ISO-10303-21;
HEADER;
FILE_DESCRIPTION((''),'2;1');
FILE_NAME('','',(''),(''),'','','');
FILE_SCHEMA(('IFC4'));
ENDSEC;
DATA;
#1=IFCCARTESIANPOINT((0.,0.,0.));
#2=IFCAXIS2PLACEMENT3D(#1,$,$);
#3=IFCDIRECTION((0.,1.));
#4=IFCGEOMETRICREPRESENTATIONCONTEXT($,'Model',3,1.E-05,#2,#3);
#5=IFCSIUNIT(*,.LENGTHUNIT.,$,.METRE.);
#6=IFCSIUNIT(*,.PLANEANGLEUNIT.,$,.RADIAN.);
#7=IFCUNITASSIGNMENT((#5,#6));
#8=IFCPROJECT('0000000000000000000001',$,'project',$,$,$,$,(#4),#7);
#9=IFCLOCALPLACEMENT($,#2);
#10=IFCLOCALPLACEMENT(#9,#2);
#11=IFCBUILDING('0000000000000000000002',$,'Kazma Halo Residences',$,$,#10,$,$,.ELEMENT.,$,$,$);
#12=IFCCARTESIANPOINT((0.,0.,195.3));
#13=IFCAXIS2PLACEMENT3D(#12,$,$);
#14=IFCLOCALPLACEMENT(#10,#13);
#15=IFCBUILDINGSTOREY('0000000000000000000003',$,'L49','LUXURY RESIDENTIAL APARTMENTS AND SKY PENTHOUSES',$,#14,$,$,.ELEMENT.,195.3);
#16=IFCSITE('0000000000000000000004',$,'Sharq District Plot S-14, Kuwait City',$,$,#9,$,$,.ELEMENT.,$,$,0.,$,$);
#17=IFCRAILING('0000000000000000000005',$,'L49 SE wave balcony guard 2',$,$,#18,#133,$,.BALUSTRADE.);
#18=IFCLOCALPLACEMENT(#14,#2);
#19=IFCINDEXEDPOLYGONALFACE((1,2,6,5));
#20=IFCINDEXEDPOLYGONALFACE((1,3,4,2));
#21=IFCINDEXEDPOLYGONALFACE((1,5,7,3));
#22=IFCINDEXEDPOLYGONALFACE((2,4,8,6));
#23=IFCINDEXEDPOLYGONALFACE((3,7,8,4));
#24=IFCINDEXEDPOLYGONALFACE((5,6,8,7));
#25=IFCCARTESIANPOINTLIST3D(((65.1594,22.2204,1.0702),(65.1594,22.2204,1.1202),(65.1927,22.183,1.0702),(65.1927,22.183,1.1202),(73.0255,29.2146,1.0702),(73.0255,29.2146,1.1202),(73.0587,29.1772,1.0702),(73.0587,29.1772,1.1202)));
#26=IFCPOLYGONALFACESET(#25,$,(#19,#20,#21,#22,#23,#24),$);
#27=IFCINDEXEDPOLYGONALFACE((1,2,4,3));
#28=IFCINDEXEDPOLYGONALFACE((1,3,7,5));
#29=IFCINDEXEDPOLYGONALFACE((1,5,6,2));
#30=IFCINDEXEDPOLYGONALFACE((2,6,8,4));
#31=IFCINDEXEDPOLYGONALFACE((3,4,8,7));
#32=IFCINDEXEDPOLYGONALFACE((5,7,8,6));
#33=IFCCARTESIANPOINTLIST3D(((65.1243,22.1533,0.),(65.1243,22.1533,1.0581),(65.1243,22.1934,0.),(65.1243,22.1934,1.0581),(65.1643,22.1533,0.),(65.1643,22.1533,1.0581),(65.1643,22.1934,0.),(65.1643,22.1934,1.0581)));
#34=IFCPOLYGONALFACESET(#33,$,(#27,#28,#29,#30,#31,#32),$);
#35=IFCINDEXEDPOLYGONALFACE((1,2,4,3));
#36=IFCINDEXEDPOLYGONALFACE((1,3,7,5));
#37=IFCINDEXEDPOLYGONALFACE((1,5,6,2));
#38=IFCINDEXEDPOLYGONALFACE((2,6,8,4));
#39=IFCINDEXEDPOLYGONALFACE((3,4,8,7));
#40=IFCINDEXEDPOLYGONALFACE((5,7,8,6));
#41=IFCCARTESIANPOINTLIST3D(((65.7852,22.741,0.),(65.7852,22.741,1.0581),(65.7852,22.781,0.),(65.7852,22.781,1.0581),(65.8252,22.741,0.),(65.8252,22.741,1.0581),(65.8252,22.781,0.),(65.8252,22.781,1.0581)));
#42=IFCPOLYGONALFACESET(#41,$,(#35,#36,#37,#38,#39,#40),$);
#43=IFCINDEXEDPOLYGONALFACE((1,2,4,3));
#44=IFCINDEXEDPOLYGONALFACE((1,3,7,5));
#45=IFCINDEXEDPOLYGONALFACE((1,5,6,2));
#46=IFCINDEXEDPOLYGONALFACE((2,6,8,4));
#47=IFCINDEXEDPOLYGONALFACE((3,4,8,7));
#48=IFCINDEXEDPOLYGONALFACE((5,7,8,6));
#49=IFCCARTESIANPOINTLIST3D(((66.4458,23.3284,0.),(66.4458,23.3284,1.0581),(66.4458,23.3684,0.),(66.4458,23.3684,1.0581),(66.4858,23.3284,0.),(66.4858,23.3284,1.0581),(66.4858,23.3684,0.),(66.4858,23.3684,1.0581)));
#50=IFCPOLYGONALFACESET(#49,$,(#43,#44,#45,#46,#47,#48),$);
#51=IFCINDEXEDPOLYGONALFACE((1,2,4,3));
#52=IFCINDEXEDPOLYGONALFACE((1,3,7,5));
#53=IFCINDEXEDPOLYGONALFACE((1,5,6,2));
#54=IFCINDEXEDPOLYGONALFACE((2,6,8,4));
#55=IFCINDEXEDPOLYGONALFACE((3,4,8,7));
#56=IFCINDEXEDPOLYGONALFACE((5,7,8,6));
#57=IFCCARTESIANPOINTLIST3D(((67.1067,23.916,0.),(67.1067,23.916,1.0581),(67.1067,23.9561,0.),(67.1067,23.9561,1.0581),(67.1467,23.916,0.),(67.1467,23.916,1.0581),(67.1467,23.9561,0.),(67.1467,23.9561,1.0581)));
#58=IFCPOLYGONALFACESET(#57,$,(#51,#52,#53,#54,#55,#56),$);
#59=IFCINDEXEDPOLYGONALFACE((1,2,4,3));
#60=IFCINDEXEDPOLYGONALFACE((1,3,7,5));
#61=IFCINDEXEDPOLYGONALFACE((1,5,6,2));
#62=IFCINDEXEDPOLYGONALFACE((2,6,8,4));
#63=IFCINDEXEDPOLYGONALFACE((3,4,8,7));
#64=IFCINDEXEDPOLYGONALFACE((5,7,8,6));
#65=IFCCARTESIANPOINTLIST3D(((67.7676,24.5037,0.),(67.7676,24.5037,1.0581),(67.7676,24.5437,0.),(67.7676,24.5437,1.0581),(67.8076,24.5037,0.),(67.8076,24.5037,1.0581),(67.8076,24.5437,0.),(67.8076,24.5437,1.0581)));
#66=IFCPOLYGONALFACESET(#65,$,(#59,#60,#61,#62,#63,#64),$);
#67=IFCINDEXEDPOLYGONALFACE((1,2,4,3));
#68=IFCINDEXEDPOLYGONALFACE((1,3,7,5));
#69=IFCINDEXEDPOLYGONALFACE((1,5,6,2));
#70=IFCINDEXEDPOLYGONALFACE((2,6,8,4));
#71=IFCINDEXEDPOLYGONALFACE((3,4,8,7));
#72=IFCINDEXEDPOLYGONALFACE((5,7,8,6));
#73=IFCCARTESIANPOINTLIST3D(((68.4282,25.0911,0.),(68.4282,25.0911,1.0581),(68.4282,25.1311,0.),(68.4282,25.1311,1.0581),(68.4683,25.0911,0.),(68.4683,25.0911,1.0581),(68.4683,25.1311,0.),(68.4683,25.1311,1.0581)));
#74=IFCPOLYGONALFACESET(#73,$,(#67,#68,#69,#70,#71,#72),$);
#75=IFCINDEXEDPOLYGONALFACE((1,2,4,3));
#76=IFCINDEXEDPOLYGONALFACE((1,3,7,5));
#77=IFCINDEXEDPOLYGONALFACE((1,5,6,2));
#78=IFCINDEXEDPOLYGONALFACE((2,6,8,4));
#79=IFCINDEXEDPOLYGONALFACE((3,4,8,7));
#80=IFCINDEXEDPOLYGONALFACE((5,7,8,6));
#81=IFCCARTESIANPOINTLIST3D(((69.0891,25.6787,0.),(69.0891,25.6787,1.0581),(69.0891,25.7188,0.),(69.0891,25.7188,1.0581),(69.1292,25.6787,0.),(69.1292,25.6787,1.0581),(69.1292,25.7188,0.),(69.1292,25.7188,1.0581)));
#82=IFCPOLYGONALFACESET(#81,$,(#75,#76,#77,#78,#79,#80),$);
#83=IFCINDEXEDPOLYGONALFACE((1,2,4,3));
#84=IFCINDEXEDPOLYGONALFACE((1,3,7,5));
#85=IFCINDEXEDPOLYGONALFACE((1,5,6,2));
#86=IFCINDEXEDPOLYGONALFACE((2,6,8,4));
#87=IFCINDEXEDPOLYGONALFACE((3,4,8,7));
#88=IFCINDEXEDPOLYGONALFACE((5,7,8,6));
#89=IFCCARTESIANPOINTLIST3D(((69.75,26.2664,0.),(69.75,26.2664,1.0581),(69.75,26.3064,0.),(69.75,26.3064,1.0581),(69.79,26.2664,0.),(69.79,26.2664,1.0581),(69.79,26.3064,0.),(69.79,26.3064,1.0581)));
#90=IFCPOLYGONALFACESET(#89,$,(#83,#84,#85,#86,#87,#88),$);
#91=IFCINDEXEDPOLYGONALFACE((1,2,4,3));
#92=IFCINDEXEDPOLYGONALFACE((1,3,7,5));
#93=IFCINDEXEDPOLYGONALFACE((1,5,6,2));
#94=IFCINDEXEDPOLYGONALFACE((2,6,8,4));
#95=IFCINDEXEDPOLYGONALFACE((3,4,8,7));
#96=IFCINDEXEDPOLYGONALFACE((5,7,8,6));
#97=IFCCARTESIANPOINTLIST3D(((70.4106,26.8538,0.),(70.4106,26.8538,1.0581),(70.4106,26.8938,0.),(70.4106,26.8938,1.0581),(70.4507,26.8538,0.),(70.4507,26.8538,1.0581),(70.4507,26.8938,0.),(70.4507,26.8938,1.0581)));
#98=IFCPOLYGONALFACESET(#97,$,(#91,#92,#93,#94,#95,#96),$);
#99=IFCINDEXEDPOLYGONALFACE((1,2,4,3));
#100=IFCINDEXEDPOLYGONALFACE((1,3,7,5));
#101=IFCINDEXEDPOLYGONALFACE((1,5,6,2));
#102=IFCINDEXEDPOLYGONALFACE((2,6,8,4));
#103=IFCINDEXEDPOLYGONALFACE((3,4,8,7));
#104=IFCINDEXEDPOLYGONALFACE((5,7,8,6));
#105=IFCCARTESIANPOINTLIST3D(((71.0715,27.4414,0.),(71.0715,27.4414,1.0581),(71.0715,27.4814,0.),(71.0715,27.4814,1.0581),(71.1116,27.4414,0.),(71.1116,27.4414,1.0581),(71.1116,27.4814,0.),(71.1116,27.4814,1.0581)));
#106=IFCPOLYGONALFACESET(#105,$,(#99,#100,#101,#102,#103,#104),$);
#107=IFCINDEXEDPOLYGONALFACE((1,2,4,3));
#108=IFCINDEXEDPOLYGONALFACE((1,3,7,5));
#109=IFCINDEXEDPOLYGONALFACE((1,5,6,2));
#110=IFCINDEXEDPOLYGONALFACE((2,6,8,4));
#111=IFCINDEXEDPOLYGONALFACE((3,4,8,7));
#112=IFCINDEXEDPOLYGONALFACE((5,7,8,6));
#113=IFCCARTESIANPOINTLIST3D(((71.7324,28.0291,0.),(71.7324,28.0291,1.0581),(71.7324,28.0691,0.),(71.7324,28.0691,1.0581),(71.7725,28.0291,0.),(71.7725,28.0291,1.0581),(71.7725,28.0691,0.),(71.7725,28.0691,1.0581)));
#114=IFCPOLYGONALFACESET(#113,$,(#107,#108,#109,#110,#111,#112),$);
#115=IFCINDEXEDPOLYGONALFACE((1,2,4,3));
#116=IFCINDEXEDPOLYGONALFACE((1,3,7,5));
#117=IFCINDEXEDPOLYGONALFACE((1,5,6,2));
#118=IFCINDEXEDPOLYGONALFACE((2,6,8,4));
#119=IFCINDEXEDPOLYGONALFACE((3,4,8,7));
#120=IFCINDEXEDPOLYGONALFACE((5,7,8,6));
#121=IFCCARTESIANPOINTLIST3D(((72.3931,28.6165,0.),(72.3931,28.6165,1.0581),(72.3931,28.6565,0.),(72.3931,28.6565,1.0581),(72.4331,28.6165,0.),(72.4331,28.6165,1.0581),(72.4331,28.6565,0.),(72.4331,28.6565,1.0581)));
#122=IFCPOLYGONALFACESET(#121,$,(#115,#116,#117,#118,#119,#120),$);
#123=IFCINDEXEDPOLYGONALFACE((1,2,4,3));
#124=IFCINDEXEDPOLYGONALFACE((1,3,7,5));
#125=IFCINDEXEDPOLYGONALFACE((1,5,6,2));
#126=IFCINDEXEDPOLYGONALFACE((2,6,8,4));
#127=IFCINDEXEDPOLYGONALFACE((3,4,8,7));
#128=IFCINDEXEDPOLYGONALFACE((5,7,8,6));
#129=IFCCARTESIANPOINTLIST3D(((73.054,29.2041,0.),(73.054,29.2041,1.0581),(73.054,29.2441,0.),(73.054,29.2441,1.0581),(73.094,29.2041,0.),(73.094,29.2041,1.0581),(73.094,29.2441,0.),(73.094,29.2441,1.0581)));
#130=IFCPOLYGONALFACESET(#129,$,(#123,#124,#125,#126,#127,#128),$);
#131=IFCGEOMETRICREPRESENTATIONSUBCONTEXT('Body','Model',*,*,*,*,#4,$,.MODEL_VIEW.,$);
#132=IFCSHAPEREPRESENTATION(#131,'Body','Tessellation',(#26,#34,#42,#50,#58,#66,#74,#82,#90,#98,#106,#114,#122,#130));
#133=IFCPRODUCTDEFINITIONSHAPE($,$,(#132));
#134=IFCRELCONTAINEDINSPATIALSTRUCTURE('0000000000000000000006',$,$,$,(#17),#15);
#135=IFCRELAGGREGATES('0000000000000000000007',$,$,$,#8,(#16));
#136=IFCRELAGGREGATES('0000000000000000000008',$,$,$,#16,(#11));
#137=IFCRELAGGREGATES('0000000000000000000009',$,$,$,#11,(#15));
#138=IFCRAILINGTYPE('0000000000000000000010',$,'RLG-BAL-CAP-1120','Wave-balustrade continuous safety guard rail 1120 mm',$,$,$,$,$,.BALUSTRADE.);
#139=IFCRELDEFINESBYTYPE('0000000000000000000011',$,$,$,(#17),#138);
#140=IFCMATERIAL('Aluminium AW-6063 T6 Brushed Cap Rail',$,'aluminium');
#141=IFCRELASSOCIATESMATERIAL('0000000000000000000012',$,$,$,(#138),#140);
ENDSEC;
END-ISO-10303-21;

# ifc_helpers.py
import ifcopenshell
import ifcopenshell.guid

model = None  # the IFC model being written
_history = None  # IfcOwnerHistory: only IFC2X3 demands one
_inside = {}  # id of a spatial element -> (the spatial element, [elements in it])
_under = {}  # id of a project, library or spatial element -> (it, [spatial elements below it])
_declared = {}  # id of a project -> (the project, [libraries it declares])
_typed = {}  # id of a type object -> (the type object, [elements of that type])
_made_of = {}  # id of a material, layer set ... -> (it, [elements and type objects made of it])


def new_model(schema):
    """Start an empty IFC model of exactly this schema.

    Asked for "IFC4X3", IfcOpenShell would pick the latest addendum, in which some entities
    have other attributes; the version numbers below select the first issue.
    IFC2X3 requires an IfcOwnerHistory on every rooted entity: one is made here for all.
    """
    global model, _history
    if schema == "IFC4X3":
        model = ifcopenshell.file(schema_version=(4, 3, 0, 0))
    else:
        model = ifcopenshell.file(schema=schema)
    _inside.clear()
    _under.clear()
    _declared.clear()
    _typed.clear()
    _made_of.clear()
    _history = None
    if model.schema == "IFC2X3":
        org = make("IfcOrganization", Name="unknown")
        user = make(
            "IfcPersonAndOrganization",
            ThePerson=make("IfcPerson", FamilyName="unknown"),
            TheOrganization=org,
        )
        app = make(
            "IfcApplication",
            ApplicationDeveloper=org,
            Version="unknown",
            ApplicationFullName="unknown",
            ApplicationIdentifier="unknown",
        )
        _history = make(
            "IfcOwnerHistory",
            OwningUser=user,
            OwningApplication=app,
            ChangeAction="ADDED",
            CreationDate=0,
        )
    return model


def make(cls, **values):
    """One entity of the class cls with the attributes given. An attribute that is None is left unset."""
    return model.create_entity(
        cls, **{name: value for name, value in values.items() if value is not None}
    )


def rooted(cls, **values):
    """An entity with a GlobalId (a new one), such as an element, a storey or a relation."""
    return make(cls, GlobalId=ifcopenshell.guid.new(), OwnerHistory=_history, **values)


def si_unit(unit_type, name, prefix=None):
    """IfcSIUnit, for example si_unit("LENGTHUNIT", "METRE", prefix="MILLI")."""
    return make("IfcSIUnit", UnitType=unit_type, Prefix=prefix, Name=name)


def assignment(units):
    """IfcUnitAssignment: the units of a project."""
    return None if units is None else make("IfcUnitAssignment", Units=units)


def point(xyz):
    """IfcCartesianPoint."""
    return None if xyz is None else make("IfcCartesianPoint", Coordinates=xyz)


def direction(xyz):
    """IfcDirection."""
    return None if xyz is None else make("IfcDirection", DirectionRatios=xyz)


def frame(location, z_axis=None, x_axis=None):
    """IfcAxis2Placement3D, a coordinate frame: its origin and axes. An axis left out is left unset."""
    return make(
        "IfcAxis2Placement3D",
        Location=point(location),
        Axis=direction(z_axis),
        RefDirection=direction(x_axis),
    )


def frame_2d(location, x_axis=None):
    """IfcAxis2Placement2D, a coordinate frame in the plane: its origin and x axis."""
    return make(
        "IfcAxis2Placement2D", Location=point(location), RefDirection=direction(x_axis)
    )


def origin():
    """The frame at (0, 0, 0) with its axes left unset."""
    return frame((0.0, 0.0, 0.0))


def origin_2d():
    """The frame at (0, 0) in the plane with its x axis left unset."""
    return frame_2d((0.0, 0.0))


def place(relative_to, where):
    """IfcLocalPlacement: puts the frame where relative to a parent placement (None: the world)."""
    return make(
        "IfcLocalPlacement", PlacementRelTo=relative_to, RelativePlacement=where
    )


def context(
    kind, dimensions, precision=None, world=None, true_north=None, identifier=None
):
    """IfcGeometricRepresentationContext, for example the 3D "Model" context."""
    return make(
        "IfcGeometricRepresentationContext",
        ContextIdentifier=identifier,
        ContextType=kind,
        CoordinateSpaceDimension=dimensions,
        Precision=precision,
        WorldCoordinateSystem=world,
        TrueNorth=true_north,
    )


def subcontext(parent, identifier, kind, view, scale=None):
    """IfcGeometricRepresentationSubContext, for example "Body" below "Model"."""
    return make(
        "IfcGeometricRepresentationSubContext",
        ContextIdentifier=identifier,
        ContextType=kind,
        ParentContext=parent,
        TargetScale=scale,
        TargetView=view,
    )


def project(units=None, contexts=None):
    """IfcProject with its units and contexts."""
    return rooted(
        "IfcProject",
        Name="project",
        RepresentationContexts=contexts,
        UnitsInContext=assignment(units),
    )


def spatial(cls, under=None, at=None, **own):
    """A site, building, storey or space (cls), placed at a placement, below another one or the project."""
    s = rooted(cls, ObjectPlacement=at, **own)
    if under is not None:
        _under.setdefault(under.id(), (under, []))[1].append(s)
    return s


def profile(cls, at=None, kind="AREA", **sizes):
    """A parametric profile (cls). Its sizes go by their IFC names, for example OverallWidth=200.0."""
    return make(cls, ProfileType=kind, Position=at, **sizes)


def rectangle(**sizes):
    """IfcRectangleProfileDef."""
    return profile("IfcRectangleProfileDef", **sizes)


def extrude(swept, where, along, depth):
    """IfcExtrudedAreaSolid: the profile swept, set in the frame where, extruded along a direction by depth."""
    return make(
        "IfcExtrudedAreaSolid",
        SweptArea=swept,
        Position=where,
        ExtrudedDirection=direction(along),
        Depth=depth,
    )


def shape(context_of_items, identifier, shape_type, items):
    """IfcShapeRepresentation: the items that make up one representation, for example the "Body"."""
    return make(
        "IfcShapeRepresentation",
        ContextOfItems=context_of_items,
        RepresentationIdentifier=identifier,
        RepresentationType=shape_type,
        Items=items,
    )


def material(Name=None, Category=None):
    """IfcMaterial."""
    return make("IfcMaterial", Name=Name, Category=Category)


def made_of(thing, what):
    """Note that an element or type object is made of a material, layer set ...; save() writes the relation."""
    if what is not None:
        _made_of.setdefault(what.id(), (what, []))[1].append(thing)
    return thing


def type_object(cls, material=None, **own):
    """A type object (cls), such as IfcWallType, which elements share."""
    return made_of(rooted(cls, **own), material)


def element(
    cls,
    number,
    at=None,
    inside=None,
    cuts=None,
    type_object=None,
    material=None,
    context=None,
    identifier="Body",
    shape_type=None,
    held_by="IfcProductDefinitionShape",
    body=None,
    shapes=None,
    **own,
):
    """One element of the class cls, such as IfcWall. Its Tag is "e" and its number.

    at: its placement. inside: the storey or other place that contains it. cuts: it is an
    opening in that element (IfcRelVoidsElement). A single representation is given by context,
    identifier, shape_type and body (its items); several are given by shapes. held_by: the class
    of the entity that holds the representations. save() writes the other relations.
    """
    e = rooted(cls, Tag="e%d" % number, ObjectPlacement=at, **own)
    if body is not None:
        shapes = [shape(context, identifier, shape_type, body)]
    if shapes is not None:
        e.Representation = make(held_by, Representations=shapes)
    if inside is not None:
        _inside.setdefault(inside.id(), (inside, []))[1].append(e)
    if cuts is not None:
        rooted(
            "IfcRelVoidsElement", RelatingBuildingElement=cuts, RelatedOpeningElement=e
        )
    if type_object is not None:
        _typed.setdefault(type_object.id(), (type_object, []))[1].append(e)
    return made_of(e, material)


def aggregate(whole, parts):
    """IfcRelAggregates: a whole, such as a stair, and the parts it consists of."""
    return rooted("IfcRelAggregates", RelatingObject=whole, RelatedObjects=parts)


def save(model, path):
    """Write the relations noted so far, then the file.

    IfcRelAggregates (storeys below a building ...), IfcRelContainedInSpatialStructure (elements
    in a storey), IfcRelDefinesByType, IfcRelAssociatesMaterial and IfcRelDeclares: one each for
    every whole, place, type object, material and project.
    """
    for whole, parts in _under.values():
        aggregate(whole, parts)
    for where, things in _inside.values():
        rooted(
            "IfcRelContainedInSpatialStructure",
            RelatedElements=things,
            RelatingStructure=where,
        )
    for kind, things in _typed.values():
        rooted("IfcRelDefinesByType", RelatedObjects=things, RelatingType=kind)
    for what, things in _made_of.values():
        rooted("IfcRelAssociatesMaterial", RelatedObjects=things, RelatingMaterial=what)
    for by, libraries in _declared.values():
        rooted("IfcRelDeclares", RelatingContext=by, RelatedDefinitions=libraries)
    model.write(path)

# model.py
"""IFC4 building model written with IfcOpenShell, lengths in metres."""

from ifc_helpers import new_model, si_unit, direction, frame, origin, origin_2d, place, context, subcontext, project, spatial, rectangle, extrude, material, type_object, element, save


model = new_model("IFC4")

# Units and contexts
model_context = context("Model", 3, precision=1e-05, world=origin(), true_north=direction((0.0, 1.0)))
body_context = subcontext(model_context, "Body", "Model", "MODEL_VIEW")
ifc_project = project(units=[si_unit("LENGTHUNIT", "METRE"), si_unit("PLANEANGLEUNIT", "RADIAN")], contexts=[model_context])

# Site, building, storey
site_placement = place(None, origin())
site = spatial("IfcSite", under=ifc_project, at=site_placement, Name="Sharq District Plot S-14, Kuwait City", CompositionType="ELEMENT", RefElevation=0.0)
building_placement = place(site_placement, origin())
building = spatial("IfcBuilding", under=site, at=building_placement, Name="Kazma Halo Residences", CompositionType="ELEMENT")
storey_placement = place(building_placement, frame((0.0, 0.0, 195.3)))
storey = spatial("IfcBuildingStorey", under=building, at=storey_placement, Name="L49", Description="LUXURY RESIDENTIAL APARTMENTS AND SKY PENTHOUSES", CompositionType="ELEMENT", Elevation=195.3)

# Railing
ifc_material_1 = material(Name="Aluminium AW-6063 T6 Brushed Cap Rail", Category="aluminium")
railing_type = type_object("IfcRailingType", Name="RLG-BAL-CAP-1120", Description="Wave-balustrade continuous safety guard rail 1120 mm", PredefinedType="BALUSTRADE", material=ifc_material_1)
railing_1_placement = place(storey_placement, frame((65.1443, 22.1733, 0.0)))
element("IfcRailing", 1, at=railing_1_placement, inside=storey, type_object=railing_type, Name="L49 SE wave balcony guard 2", PredefinedType="BALUSTRADE", context=body_context, shape_type="SweptSolid", body=[
    extrude(rectangle(XDim=0.05, YDim=0.05, at=origin_2d()), frame((0.0317, 0.0283, 1.0952), z_axis=(0.747308, 0.664478, 0.0), x_axis=(-0.664478, 0.747308, 0.0)), (0.0, 0.0, 1.0), 10.5259),
    extrude(rectangle(XDim=0.04, YDim=0.04, at=origin_2d()), origin(), (0.0, 0.0, 1.0), 1.0581),
    extrude(rectangle(XDim=0.04, YDim=0.04, at=origin_2d()), frame((0.6609, 0.5876, 0.0)), (0.0, 0.0, 1.0), 1.0581),
    extrude(rectangle(XDim=0.04, YDim=0.04, at=origin_2d()), frame((1.3215, 1.175, 0.0)), (0.0, 0.0, 1.0), 1.0581),
    extrude(rectangle(XDim=0.04, YDim=0.04, at=origin_2d()), frame((1.9824, 1.7627, 0.0)), (0.0, 0.0, 1.0), 1.0581),
    extrude(rectangle(XDim=0.04, YDim=0.04, at=origin_2d()), frame((2.6433, 2.3503, 0.0)), (0.0, 0.0, 1.0), 1.0581),
    extrude(rectangle(XDim=0.04, YDim=0.04, at=origin_2d()), frame((3.304, 2.9377, 0.0)), (0.0, 0.0, 1.0), 1.0581),
    extrude(rectangle(XDim=0.04, YDim=0.04, at=origin_2d()), frame((3.9648, 3.5254, 0.0)), (0.0, 0.0, 1.0), 1.0581),
    extrude(rectangle(XDim=0.04, YDim=0.04, at=origin_2d()), frame((4.6257, 4.113, 0.0)), (0.0, 0.0, 1.0), 1.0581),
    extrude(rectangle(XDim=0.04, YDim=0.04, at=origin_2d()), frame((5.2864, 4.7004, 0.0)), (0.0, 0.0, 1.0), 1.0581),
    extrude(rectangle(XDim=0.04, YDim=0.04, at=origin_2d()), frame((5.9473, 5.2881, 0.0)), (0.0, 0.0, 1.0), 1.0581),
    extrude(rectangle(XDim=0.04, YDim=0.04, at=origin_2d()), frame((6.6082, 5.8757, 0.0)), (0.0, 0.0, 1.0), 1.0581),
    extrude(rectangle(XDim=0.04, YDim=0.04, at=origin_2d()), frame((7.2688, 6.4631, 0.0)), (0.0, 0.0, 1.0), 1.0581),
    extrude(rectangle(XDim=0.04, YDim=0.04, at=origin_2d()), frame((7.9297, 7.0508, 0.0)), (0.0, 0.0, 1.0), 1.0581),
])

save(model, "model.ifc")
